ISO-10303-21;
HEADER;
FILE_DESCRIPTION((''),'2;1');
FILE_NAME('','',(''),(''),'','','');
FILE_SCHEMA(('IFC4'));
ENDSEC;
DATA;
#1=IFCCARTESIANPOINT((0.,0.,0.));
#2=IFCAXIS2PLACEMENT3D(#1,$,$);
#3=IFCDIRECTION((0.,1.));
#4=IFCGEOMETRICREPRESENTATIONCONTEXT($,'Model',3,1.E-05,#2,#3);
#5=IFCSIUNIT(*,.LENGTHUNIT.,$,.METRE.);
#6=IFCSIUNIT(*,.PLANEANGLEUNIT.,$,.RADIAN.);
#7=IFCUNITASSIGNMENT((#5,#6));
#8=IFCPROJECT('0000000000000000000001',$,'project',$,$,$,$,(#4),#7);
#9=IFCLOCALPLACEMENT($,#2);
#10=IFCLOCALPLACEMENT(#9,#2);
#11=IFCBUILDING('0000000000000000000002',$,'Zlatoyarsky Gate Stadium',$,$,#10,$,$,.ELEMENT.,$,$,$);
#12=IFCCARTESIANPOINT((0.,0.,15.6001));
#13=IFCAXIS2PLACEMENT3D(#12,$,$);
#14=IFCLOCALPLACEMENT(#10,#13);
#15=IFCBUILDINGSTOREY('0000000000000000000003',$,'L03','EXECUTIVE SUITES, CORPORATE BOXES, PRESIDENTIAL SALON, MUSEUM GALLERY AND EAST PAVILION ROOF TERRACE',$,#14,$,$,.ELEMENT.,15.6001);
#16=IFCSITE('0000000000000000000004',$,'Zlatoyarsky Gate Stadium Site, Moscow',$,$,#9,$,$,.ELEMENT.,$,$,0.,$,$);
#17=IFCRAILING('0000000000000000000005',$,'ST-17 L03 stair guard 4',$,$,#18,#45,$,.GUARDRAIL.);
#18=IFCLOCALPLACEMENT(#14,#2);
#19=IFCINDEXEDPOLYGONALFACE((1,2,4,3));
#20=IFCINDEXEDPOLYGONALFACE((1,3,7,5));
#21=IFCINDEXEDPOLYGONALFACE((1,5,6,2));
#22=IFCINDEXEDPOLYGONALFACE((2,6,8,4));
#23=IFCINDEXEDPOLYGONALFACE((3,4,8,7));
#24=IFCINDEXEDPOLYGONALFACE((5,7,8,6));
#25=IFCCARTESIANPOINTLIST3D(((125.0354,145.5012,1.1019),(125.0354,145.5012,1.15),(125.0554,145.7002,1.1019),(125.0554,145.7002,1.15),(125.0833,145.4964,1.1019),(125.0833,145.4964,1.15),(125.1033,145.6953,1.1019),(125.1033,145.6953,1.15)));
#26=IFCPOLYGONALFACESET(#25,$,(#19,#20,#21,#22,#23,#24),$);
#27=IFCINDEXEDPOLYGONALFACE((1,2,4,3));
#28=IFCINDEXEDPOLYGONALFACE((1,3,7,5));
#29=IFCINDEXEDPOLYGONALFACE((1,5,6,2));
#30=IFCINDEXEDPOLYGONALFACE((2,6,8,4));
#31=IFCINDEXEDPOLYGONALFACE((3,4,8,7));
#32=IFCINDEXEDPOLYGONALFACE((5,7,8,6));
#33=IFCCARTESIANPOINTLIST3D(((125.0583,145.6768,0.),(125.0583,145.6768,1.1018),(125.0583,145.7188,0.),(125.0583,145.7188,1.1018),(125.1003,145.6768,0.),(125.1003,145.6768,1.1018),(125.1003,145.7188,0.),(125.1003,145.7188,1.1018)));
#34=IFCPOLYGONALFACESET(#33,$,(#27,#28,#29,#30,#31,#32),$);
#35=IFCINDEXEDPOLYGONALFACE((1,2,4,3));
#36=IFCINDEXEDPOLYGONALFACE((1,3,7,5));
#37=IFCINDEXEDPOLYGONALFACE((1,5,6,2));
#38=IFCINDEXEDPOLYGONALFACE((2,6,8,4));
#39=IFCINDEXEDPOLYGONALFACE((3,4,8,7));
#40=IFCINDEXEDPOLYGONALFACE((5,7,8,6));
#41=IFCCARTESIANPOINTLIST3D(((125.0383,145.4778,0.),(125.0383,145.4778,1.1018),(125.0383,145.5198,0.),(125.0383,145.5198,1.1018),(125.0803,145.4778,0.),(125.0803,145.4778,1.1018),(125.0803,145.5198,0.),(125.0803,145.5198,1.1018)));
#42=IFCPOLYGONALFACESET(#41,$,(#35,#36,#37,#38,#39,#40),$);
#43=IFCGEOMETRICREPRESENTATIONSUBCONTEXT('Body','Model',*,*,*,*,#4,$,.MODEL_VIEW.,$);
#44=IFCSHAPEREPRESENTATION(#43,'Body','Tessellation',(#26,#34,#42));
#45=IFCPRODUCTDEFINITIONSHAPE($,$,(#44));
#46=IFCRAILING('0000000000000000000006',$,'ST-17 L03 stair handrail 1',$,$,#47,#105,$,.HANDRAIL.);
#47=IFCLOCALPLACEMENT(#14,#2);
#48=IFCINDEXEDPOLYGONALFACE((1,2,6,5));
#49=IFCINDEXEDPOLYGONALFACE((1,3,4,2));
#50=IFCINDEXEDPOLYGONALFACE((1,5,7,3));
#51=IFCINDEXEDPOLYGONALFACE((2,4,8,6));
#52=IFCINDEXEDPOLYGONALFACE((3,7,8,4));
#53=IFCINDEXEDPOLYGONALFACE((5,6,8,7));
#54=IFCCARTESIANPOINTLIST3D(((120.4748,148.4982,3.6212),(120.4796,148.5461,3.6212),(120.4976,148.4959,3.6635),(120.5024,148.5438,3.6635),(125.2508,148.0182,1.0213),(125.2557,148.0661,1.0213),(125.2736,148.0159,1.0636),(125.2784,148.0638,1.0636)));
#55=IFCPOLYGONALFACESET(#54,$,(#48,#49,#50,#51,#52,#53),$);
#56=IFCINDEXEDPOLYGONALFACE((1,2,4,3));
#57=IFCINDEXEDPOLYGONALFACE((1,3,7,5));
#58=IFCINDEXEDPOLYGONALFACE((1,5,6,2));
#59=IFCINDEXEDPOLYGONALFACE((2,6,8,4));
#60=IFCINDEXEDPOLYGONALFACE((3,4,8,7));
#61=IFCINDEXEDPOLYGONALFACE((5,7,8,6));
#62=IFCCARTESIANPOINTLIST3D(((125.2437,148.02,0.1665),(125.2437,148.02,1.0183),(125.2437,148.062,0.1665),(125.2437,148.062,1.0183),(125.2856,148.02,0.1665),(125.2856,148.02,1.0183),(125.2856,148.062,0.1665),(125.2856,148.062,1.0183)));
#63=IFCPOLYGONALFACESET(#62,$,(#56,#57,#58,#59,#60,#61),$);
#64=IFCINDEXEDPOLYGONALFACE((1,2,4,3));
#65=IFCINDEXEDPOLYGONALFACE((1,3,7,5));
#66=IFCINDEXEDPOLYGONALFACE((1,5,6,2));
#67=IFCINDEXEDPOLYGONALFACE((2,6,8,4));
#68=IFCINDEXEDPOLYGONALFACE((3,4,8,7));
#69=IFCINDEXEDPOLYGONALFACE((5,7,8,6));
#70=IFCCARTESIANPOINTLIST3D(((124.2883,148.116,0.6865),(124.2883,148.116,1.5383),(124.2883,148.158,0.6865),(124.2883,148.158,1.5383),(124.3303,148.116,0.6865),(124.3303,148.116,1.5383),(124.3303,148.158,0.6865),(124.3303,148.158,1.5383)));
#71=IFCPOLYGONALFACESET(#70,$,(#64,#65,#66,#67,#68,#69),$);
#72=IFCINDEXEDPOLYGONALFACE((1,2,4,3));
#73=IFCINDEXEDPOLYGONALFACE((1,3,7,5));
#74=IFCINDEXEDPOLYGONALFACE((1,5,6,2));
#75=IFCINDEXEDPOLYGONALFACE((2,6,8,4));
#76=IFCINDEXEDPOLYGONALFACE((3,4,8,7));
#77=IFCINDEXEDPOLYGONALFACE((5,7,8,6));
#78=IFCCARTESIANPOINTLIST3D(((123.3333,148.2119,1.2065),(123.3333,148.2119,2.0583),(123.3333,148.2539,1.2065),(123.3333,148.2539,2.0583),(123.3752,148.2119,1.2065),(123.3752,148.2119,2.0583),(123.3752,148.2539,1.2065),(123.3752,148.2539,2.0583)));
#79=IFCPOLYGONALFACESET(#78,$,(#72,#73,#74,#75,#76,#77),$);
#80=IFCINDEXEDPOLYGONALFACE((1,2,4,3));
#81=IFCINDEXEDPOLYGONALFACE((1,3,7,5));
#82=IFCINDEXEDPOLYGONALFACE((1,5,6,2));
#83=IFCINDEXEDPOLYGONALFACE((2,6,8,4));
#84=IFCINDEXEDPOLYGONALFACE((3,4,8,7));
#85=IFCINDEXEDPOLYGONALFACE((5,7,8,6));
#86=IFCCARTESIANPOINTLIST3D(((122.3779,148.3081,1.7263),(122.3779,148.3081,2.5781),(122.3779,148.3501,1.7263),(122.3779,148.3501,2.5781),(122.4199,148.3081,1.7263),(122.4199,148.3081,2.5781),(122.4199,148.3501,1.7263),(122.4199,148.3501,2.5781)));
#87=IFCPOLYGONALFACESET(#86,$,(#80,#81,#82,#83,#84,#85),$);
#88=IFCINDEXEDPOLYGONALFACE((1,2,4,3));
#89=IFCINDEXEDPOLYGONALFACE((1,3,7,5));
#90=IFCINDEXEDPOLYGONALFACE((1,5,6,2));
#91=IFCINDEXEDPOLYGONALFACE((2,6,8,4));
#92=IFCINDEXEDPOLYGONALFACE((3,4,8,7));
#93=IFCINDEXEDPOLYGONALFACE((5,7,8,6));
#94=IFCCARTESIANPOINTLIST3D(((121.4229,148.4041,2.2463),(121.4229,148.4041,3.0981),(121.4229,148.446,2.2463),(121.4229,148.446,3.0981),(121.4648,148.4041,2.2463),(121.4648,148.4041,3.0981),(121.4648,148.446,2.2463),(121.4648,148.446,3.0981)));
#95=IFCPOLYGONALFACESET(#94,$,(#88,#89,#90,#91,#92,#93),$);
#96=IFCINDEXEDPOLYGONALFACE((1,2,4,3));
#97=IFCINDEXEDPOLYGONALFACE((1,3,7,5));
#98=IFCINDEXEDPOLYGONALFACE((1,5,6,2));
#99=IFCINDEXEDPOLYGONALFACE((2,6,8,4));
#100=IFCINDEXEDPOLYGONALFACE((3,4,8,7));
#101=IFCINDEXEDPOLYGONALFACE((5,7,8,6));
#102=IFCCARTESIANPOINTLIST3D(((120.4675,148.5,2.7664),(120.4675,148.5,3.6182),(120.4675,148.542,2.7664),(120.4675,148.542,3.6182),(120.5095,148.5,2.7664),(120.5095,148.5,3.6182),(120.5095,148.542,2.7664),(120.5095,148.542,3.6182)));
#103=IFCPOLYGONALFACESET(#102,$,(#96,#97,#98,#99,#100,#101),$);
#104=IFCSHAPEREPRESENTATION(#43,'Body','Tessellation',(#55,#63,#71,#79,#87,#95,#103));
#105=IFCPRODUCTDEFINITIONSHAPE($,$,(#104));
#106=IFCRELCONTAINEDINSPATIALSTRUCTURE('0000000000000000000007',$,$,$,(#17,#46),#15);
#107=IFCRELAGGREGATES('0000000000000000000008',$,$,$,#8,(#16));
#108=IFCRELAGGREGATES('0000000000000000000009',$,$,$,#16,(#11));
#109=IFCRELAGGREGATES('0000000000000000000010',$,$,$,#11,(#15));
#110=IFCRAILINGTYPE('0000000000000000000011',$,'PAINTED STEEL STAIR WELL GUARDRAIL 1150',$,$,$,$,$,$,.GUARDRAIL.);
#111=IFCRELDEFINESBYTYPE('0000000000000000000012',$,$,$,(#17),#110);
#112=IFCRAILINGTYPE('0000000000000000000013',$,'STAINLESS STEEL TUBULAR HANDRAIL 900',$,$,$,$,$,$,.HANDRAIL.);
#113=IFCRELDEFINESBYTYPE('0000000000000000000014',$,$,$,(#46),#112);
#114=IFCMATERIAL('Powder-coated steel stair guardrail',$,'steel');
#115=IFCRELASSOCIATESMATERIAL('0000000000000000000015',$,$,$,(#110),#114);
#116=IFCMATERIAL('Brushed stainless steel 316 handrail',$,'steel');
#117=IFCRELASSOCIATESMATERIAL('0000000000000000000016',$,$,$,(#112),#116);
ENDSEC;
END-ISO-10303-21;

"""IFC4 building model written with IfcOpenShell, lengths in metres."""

from ifc_helpers import new_model, si_unit, direction, frame, origin, origin_2d, place, context, subcontext, project, spatial, rectangle, extrude, material, type_object, element, save


model = new_model("IFC4")

# Units and contexts
model_context = context("Model", 3, precision=1e-05, world=origin(), true_north=direction((0.0, 1.0)))
body_context = subcontext(model_context, "Body", "Model", "MODEL_VIEW")
ifc_project = project(units=[si_unit("LENGTHUNIT", "METRE"), si_unit("PLANEANGLEUNIT", "RADIAN")], contexts=[model_context])

# Site, building, storey
site_placement = place(None, origin())
site = spatial("IfcSite", under=ifc_project, at=site_placement, Name="Zlatoyarsky Gate Stadium Site, Moscow", CompositionType="ELEMENT", RefElevation=0.0)
building_placement = place(site_placement, origin())
building = spatial("IfcBuilding", under=site, at=building_placement, Name="Zlatoyarsky Gate Stadium", CompositionType="ELEMENT")
storey_placement = place(building_placement, frame((0.0, 0.0, 15.6001)))
storey = spatial("IfcBuildingStorey", under=building, at=storey_placement, Name="L03", Description="EXECUTIVE SUITES, CORPORATE BOXES, PRESIDENTIAL SALON, MUSEUM GALLERY AND EAST PAVILION ROOF TERRACE", CompositionType="ELEMENT", Elevation=15.6001)

# Railings
ifc_material_1 = material(Name="Powder-coated steel stair guardrail", Category="steel")
railing_type_1 = type_object("IfcRailingType", Name="PAINTED STEEL STAIR WELL GUARDRAIL 1150", PredefinedType="GUARDRAIL", material=ifc_material_1)
railing_1_placement = place(storey_placement, frame((125.0793, 145.6978, 0.0)))
element("IfcRailing", 1, at=railing_1_placement, inside=storey, type_object=railing_type_1, Name="ST-17 L03 stair guard 4", PredefinedType="GUARDRAIL", context=body_context, shape_type="SweptSolid", body=[
    extrude(rectangle(XDim=0.0481, YDim=0.0481, at=origin_2d()), frame((0.0, 0.0, 1.126), z_axis=(-0.100108, -0.994977, 0.0), x_axis=(0.994977, -0.100108, 0.0)), (0.0, 0.0, 1.0), 0.2),
    extrude(rectangle(XDim=0.042, YDim=0.042, at=origin_2d()), origin(), (0.0, 0.0, 1.0), 1.1018),
    extrude(rectangle(XDim=0.042, YDim=0.042, at=origin_2d()), frame((-0.02, -0.199, 0.0)), (0.0, 0.0, 1.0), 1.1018),
])
ifc_material_2 = material(Name="Brushed stainless steel 316 handrail", Category="steel")
railing_type_2 = type_object("IfcRailingType", Name="STAINLESS STEEL TUBULAR HANDRAIL 900", PredefinedType="HANDRAIL", material=ifc_material_2)
railing_2_placement = place(storey_placement, frame((125.2646, 148.041, 0.1665)))
element("IfcRailing", 2, at=railing_2_placement, inside=storey, type_object=railing_type_2, Name="ST-17 L03 stair handrail 1", PredefinedType="HANDRAIL", context=body_context, shape_type="SweptSolid", body=[
    extrude(rectangle(XDim=0.0481, YDim=0.0481, at=origin_2d()), frame((0.0, 0.0, 0.876), z_axis=(-0.874904, 0.087924, 0.476249), x_axis=(-0.099992, -0.994988, 0.0)), (0.0, 0.0, 1.0), 5.459),
    extrude(rectangle(XDim=0.042, YDim=0.042, at=origin_2d()), origin(), (0.0, 0.0, 1.0), 0.8518),
    extrude(rectangle(XDim=0.042, YDim=0.042, at=origin_2d()), frame((-0.9553, 0.0959, 0.52)), (0.0, 0.0, 1.0), 0.8518),
    extrude(rectangle(XDim=0.042, YDim=0.042, at=origin_2d()), frame((-1.9104, 0.1919, 1.04)), (0.0, 0.0, 1.0), 0.8518),
    extrude(rectangle(XDim=0.042, YDim=0.042, at=origin_2d()), frame((-2.8657, 0.2881, 1.5598)), (0.0, 0.0, 1.0), 0.8518),
    extrude(rectangle(XDim=0.042, YDim=0.042, at=origin_2d()), frame((-3.8208, 0.384, 2.0798)), (0.0, 0.0, 1.0), 0.8518),
    extrude(rectangle(XDim=0.042, YDim=0.042, at=origin_2d()), frame((-4.7761, 0.48, 2.5999)), (0.0, 0.0, 1.0), 0.8518),
])

save(model, "model.ifc")
